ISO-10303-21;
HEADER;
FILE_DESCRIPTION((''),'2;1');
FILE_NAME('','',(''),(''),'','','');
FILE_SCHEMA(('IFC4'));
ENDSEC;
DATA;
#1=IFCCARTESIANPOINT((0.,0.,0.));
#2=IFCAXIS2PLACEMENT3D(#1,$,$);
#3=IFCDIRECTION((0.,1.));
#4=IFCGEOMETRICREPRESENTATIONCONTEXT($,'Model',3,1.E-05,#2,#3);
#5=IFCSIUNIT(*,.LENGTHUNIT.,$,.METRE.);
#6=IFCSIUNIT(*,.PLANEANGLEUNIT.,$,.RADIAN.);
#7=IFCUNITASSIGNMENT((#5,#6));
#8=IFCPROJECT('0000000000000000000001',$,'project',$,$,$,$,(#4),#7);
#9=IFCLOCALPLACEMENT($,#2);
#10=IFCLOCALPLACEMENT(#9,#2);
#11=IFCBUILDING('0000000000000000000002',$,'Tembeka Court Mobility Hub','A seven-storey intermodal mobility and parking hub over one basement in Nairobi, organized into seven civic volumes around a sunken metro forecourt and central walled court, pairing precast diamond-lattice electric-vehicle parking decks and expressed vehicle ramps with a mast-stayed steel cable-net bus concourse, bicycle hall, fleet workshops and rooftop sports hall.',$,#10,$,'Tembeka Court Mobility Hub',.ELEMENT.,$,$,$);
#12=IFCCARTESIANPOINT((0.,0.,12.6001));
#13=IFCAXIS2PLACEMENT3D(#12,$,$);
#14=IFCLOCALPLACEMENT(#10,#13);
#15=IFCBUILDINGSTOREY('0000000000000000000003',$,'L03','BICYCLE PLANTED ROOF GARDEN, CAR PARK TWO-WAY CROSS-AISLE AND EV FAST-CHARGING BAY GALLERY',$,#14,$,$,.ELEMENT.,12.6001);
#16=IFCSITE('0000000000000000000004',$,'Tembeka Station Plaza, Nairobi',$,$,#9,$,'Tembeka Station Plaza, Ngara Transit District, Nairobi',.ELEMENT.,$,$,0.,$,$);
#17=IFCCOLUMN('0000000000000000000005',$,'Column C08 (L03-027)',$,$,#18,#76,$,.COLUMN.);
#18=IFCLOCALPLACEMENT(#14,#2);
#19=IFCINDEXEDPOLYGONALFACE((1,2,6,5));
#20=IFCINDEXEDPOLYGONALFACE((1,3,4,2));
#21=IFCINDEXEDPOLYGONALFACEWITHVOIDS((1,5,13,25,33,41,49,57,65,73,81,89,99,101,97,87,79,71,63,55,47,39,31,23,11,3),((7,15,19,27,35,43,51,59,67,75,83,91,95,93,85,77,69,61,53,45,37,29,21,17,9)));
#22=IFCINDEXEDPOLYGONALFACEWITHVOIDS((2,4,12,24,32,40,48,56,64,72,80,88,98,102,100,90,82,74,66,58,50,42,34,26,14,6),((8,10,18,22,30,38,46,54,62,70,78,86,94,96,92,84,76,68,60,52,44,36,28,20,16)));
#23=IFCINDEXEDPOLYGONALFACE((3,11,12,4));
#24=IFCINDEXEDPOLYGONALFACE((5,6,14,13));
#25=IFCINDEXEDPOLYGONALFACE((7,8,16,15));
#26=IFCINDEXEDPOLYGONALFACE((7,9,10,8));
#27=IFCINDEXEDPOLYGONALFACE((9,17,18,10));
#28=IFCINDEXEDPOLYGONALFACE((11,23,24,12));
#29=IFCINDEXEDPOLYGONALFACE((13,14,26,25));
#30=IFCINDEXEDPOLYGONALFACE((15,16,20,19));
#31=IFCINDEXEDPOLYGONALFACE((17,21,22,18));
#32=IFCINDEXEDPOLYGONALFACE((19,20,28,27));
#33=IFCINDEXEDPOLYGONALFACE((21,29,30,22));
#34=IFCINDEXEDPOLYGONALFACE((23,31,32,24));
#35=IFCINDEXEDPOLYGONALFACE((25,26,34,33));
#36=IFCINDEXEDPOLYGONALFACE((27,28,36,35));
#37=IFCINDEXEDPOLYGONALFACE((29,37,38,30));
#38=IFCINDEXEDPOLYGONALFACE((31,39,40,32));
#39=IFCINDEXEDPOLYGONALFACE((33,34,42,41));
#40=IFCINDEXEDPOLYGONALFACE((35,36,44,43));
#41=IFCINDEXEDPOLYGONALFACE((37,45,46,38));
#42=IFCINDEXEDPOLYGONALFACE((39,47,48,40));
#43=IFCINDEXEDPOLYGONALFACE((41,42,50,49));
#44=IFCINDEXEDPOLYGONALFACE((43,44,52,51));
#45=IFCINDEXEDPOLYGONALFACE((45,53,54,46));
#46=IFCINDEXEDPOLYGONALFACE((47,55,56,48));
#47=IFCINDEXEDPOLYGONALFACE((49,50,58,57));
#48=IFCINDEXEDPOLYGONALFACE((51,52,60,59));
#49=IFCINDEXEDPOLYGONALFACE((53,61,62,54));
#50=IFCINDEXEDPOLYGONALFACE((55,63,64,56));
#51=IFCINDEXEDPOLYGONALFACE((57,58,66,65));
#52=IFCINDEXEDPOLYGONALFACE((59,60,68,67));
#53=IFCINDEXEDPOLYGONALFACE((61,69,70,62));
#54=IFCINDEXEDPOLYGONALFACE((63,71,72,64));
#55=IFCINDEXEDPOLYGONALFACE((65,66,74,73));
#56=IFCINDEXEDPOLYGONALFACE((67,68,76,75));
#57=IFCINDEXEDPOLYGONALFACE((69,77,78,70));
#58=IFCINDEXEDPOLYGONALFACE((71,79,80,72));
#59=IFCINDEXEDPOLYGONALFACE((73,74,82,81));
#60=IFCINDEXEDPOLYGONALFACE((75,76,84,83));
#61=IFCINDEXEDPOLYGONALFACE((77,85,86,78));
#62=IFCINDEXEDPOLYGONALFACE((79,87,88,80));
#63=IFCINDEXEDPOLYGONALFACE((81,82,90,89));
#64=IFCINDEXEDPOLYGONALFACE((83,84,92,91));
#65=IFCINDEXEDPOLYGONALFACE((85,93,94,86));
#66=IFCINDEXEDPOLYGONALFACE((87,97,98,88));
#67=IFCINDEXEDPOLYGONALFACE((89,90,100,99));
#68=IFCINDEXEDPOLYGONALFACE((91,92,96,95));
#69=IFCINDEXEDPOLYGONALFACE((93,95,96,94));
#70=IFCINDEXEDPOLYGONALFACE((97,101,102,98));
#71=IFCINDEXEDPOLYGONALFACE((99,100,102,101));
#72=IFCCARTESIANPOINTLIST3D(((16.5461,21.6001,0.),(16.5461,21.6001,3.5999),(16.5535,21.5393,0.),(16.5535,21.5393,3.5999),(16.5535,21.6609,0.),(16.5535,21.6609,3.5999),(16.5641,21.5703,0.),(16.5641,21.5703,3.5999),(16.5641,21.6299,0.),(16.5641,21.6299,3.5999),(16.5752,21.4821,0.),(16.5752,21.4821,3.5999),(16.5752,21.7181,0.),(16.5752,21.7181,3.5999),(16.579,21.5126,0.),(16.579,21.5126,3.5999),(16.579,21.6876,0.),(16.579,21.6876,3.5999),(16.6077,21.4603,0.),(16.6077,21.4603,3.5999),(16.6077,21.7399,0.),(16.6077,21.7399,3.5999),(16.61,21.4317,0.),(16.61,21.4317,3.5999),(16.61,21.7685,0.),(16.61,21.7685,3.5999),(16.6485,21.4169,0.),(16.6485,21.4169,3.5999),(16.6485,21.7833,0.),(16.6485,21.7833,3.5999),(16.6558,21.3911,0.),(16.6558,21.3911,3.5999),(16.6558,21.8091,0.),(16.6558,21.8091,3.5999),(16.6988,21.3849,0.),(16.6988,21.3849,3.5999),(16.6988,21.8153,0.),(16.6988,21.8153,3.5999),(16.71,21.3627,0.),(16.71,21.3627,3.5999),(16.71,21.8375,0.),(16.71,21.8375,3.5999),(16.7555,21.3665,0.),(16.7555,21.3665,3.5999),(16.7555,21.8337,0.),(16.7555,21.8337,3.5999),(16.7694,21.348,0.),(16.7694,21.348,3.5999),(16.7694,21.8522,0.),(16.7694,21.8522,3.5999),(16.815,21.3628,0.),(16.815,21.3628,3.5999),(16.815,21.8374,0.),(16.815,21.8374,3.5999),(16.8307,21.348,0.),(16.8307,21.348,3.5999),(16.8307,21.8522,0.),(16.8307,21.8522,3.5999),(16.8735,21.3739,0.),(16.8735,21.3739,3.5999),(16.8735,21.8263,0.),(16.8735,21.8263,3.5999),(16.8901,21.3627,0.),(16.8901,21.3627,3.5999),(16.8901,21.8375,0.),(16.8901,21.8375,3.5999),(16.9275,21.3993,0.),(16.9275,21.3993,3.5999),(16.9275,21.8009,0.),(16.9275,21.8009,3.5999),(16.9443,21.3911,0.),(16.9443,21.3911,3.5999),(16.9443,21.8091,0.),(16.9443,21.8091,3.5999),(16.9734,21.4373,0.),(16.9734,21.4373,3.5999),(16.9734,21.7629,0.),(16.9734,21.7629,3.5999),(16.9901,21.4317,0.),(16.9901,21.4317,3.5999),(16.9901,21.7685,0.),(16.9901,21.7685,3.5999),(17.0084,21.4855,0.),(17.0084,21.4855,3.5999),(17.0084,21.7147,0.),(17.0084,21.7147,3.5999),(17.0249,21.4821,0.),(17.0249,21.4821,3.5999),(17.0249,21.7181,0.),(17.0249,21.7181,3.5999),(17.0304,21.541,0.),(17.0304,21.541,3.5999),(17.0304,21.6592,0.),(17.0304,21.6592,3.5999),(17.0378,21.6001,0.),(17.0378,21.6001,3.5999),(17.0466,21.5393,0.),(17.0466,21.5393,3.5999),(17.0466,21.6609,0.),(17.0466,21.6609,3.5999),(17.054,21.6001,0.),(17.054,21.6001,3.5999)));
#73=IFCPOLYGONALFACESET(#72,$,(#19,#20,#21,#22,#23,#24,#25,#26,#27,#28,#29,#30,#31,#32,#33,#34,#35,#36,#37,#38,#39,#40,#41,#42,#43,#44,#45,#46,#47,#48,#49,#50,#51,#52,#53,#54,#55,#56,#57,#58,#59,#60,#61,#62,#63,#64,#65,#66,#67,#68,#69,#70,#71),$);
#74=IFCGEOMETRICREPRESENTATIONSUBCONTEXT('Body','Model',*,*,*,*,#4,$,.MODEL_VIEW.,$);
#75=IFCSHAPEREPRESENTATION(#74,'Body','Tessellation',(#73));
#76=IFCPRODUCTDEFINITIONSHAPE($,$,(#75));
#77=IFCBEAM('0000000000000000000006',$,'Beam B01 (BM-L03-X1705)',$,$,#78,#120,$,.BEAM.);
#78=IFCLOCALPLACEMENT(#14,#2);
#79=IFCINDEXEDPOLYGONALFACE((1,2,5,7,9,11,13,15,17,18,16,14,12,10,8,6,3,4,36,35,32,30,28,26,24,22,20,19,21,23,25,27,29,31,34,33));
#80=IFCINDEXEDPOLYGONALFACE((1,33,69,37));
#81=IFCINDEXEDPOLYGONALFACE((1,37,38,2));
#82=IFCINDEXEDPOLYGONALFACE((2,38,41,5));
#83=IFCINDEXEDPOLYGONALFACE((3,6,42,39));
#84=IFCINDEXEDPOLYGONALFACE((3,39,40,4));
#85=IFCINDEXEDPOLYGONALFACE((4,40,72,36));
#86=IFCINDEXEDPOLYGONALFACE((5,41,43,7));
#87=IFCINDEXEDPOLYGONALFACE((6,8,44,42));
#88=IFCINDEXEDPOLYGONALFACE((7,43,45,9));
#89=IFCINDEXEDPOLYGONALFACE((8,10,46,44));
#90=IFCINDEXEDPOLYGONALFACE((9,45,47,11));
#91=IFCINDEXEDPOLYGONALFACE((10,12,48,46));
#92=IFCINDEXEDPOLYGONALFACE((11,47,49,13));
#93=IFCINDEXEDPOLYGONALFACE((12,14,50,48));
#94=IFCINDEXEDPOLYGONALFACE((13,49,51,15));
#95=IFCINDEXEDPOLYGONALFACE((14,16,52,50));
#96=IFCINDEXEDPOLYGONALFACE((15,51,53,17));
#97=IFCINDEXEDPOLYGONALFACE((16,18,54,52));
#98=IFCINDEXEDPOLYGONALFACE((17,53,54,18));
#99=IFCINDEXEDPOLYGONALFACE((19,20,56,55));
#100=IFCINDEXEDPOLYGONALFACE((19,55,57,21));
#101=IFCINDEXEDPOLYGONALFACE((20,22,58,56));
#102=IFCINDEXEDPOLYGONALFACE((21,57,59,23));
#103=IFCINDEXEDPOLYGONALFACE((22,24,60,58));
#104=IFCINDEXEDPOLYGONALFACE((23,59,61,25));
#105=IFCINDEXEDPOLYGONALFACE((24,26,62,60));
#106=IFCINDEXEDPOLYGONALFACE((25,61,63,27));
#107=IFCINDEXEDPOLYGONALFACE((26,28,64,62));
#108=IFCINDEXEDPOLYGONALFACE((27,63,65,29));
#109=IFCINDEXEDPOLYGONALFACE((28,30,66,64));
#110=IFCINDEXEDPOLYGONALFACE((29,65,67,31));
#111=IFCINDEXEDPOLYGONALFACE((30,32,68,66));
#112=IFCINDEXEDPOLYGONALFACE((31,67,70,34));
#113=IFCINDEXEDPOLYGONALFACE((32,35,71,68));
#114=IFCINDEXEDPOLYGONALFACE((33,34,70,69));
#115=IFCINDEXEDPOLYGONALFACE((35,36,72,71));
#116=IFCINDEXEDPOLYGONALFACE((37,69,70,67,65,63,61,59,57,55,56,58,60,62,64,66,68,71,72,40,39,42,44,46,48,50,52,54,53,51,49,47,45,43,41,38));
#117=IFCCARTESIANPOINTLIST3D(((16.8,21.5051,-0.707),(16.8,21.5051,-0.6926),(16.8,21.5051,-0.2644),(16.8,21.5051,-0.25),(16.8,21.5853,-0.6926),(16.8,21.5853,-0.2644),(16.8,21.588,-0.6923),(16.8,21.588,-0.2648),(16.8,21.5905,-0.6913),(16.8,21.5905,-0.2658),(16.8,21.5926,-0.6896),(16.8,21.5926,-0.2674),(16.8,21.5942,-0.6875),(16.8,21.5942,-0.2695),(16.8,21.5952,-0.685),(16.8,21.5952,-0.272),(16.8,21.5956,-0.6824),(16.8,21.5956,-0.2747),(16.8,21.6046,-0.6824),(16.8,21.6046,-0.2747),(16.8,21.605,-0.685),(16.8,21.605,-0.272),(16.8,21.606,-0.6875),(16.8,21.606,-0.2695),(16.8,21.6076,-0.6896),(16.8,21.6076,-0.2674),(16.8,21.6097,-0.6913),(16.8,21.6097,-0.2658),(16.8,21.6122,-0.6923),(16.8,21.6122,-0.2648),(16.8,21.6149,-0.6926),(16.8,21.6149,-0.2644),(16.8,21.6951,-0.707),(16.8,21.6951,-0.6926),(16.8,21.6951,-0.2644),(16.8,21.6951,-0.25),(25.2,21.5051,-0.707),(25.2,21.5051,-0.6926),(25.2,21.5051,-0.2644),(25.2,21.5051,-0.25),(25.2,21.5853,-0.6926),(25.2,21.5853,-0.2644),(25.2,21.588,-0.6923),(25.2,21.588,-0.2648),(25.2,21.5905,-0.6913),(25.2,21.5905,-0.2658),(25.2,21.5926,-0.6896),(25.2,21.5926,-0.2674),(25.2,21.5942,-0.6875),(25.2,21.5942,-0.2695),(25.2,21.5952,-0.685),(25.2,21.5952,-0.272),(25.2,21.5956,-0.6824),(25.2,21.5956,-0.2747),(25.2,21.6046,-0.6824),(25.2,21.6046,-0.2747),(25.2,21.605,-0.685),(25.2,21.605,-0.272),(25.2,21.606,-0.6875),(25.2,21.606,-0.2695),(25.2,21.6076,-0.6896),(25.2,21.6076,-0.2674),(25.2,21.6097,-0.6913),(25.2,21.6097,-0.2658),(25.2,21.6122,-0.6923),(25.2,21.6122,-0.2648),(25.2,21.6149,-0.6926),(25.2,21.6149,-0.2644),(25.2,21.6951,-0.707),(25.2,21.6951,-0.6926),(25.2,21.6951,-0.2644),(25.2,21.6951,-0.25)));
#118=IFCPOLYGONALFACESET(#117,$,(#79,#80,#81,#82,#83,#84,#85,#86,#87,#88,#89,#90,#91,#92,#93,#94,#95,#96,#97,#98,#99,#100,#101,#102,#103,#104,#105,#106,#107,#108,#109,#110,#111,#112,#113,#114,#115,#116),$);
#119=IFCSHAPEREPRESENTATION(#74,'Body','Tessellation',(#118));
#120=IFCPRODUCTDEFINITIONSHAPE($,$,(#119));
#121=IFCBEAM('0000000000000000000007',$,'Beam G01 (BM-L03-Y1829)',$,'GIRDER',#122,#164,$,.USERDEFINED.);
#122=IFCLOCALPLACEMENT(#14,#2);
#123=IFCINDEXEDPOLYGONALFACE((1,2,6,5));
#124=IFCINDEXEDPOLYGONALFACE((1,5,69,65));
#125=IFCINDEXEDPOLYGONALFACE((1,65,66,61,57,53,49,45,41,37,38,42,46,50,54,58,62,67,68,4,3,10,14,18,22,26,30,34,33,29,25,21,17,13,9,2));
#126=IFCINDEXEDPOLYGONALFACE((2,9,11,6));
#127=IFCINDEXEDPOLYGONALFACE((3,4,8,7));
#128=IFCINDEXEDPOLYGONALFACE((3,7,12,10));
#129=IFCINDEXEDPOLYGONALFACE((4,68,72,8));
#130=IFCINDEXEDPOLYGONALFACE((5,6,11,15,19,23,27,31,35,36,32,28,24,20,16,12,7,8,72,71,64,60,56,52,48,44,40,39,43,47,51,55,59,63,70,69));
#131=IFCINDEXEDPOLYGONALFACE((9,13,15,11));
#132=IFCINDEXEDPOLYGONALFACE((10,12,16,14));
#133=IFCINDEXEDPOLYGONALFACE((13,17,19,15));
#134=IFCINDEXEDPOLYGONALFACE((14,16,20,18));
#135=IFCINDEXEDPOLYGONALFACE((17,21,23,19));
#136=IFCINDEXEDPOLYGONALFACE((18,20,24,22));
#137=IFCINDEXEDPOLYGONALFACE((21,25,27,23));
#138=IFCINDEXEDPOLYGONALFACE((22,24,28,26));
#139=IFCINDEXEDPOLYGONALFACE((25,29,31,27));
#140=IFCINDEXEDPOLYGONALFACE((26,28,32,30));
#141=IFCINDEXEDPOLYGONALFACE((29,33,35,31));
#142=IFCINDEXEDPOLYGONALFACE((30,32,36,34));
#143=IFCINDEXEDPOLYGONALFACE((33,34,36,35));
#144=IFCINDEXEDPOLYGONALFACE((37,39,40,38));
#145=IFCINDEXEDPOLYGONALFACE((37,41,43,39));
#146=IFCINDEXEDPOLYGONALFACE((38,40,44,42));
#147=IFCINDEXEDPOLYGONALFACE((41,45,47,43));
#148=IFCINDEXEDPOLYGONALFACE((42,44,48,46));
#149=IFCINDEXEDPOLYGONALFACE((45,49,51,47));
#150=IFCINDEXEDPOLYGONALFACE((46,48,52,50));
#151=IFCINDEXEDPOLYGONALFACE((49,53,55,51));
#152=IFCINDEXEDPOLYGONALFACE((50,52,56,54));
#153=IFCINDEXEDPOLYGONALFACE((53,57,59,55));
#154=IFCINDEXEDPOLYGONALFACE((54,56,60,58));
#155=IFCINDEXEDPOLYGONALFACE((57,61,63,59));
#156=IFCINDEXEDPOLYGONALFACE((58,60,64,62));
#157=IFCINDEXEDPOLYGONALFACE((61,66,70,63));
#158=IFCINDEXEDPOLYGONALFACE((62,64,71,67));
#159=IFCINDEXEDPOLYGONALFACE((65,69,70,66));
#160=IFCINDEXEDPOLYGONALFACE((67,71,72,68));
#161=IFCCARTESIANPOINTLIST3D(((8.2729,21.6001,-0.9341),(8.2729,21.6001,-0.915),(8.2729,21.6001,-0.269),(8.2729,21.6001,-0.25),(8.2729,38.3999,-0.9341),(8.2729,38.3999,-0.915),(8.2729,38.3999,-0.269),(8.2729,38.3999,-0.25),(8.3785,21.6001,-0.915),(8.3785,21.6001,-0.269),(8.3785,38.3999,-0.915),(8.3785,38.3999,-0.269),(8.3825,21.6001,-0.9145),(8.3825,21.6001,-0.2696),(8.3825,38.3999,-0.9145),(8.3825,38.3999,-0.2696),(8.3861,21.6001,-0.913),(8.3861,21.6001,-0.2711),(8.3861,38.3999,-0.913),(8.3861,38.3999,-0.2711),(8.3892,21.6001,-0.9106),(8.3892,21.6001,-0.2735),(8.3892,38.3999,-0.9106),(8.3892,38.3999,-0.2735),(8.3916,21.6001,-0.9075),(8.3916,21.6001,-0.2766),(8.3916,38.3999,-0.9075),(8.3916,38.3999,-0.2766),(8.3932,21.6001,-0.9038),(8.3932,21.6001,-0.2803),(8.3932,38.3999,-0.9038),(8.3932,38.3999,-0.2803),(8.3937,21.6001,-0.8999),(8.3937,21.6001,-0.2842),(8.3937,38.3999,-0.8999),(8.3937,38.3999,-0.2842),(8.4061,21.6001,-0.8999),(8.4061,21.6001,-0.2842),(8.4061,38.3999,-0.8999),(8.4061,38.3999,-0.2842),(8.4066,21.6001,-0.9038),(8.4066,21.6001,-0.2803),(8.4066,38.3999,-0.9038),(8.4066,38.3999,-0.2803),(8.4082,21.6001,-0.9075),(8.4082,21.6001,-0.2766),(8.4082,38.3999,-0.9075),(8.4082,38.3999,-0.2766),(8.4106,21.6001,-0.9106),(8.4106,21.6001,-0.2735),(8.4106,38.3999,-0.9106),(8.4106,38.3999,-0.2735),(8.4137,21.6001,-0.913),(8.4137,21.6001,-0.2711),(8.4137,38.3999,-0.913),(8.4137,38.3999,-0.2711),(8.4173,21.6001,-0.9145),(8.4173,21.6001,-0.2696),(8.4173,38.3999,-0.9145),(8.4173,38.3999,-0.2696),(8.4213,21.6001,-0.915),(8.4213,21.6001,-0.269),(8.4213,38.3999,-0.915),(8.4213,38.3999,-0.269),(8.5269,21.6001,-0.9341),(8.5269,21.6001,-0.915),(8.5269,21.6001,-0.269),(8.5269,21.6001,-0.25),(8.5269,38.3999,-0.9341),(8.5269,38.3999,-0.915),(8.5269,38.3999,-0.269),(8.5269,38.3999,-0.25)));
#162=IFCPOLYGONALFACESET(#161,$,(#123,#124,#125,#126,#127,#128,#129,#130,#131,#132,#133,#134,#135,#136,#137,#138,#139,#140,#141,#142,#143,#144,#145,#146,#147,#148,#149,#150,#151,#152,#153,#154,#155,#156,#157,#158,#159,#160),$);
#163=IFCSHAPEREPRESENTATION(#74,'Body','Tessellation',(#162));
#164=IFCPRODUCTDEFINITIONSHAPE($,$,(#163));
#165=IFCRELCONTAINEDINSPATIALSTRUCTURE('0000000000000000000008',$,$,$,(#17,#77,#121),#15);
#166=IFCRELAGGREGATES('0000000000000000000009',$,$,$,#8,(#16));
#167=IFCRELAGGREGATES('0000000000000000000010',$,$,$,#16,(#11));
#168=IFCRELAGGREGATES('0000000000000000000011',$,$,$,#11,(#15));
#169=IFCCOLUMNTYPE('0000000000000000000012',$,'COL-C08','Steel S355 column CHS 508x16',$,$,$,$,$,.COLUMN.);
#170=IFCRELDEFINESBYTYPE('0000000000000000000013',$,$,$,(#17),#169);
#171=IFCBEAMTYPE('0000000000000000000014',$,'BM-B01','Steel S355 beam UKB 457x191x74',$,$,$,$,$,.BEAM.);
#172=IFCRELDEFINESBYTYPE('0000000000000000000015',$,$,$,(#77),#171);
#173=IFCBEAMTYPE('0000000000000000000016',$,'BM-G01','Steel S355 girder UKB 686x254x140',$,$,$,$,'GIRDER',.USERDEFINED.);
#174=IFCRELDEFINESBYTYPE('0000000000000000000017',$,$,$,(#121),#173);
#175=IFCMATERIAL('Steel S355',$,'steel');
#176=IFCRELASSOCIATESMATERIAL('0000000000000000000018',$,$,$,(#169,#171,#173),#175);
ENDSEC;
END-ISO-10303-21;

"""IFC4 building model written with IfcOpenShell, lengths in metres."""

from ifc_helpers import new_model, si_unit, direction, frame, origin, origin_2d, place, context, subcontext, project, spatial, hollow_circle, i_section, extrude, material, material_profile, profile_set, type_object, element, save


model = new_model("IFC4")

# Units and contexts
model_context = context("Model", 3, precision=1e-05, world=origin(), true_north=direction((0.0, 1.0)))
body_context = subcontext(model_context, "Body", "Model", "MODEL_VIEW")
ifc_project = project(units=[si_unit("LENGTHUNIT", "METRE"), si_unit("PLANEANGLEUNIT", "RADIAN")], contexts=[model_context])

# Site, building, storey
site_placement = place(None, origin())
site = spatial("IfcSite", under=ifc_project, at=site_placement, Name="Tembeka Station Plaza, Nairobi", LongName="Tembeka Station Plaza, Ngara Transit District, Nairobi", CompositionType="ELEMENT", RefElevation=0.0)
building_placement = place(site_placement, origin())
building = spatial("IfcBuilding", under=site, at=building_placement, Name="Tembeka Court Mobility Hub", Description="A seven-storey intermodal mobility and parking hub over one basement in Nairobi, organized into seven civic volumes around a sunken metro forecourt and central walled court, pairing precast diamond-lattice electric-vehicle parking decks and expressed vehicle ramps with a mast-stayed steel cable-net bus concourse, bicycle hall, fleet workshops and rooftop sports hall.", LongName="Tembeka Court Mobility Hub", CompositionType="ELEMENT")
storey_placement = place(building_placement, frame((0.0, 0.0, 12.6001)))
storey = spatial("IfcBuildingStorey", under=building, at=storey_placement, Name="L03", Description="BICYCLE PLANTED ROOF GARDEN, CAR PARK TWO-WAY CROSS-AISLE AND EV FAST-CHARGING BAY GALLERY", CompositionType="ELEMENT", Elevation=12.6001)

# Column
ifc_material_1 = material(Name="Steel S355", Category="steel")
ifc_material_profile_1 = material_profile(ifc_material_1, hollow_circle(Radius=0.2539, WallThickness=0.0161, at=origin_2d()), Name="CHS 508x16")
ifc_profile_set_1 = profile_set([ifc_material_profile_1], Name="Steel S355")
column_type = type_object("IfcColumnType", Name="COL-C08", Description="Steel S355 column CHS 508x16", PredefinedType="COLUMN", material=ifc_profile_set_1)
column_placement = place(storey_placement, frame((16.8, 21.6001, 0.0), z_axis=(0.0, 0.0, 1.0), x_axis=(1.0, 0.0, 0.0)))
element("IfcColumn", 1, at=column_placement, inside=storey, type_object=column_type, Name="Column C08 (L03-027)", PredefinedType="COLUMN", context=body_context, shape_type="SweptSolid", body=[
    extrude(hollow_circle(Radius=0.2539, WallThickness=0.0161, at=origin_2d()), origin(), (0.0, 0.0, 1.0), 3.5999),
])

# Beams
ifc_material_profile_2 = material_profile(ifc_material_1, i_section(OverallWidth=0.1899, OverallDepth=0.457, WebThickness=0.009, FlangeThickness=0.0144, FilletRadius=0.0103, at=origin_2d()), Name="UKB 457x191x74")
ifc_profile_set_2 = profile_set([ifc_material_profile_2], Name="Steel S355")
beam_type_1 = type_object("IfcBeamType", Name="BM-B01", Description="Steel S355 beam UKB 457x191x74", PredefinedType="BEAM", material=ifc_profile_set_2)
beam_placement = place(storey_placement, frame((16.8, 21.6001, -0.4785), z_axis=(1.0, 0.0, 0.0), x_axis=(0.0, 1.0, 0.0)))
element("IfcBeam", 2, at=beam_placement, inside=storey, type_object=beam_type_1, Name="Beam B01 (BM-L03-X1705)", PredefinedType="BEAM", context=body_context, shape_type="SweptSolid", body=[
    extrude(i_section(OverallWidth=0.1899, OverallDepth=0.457, WebThickness=0.009, FlangeThickness=0.0144, FilletRadius=0.0103, at=origin_2d()), origin(), (0.0, 0.0, 1.0), 8.3999),
])
ifc_material_profile_3 = material_profile(ifc_material_1, i_section(OverallWidth=0.2539, OverallDepth=0.6841, WebThickness=0.0125, FlangeThickness=0.019, FilletRadius=0.0151, at=origin_2d()), Name="UKB 686x254x140")
ifc_profile_set_3 = profile_set([ifc_material_profile_3], Name="Steel S355")
beam_type_2 = type_object("IfcBeamType", Name="BM-G01", Description="Steel S355 girder UKB 686x254x140", ElementType="GIRDER", PredefinedType="USERDEFINED", material=ifc_profile_set_3)
for number, where, z_axis, x_axis, name in (
    (3, (8.3999, 21.6001, -0.592), (0.0, 1.0, 0.0), (-1.0, 0.0, 0.0), "Beam G01 (BM-L03-Y1829)"),
):
    element("IfcBeam", number, at=place(storey_placement, frame(where, z_axis=z_axis, x_axis=x_axis)), inside=storey, type_object=beam_type_2, Name=name, ObjectType="GIRDER", PredefinedType="USERDEFINED", context=body_context, shape_type="SweptSolid", body=[
        extrude(i_section(OverallWidth=0.2539, OverallDepth=0.6841, WebThickness=0.0125, FlangeThickness=0.019, FilletRadius=0.0151, at=origin_2d()), origin(), (0.0, 0.0, 1.0), 16.7998),
    ])

save(model, "model.ifc")
